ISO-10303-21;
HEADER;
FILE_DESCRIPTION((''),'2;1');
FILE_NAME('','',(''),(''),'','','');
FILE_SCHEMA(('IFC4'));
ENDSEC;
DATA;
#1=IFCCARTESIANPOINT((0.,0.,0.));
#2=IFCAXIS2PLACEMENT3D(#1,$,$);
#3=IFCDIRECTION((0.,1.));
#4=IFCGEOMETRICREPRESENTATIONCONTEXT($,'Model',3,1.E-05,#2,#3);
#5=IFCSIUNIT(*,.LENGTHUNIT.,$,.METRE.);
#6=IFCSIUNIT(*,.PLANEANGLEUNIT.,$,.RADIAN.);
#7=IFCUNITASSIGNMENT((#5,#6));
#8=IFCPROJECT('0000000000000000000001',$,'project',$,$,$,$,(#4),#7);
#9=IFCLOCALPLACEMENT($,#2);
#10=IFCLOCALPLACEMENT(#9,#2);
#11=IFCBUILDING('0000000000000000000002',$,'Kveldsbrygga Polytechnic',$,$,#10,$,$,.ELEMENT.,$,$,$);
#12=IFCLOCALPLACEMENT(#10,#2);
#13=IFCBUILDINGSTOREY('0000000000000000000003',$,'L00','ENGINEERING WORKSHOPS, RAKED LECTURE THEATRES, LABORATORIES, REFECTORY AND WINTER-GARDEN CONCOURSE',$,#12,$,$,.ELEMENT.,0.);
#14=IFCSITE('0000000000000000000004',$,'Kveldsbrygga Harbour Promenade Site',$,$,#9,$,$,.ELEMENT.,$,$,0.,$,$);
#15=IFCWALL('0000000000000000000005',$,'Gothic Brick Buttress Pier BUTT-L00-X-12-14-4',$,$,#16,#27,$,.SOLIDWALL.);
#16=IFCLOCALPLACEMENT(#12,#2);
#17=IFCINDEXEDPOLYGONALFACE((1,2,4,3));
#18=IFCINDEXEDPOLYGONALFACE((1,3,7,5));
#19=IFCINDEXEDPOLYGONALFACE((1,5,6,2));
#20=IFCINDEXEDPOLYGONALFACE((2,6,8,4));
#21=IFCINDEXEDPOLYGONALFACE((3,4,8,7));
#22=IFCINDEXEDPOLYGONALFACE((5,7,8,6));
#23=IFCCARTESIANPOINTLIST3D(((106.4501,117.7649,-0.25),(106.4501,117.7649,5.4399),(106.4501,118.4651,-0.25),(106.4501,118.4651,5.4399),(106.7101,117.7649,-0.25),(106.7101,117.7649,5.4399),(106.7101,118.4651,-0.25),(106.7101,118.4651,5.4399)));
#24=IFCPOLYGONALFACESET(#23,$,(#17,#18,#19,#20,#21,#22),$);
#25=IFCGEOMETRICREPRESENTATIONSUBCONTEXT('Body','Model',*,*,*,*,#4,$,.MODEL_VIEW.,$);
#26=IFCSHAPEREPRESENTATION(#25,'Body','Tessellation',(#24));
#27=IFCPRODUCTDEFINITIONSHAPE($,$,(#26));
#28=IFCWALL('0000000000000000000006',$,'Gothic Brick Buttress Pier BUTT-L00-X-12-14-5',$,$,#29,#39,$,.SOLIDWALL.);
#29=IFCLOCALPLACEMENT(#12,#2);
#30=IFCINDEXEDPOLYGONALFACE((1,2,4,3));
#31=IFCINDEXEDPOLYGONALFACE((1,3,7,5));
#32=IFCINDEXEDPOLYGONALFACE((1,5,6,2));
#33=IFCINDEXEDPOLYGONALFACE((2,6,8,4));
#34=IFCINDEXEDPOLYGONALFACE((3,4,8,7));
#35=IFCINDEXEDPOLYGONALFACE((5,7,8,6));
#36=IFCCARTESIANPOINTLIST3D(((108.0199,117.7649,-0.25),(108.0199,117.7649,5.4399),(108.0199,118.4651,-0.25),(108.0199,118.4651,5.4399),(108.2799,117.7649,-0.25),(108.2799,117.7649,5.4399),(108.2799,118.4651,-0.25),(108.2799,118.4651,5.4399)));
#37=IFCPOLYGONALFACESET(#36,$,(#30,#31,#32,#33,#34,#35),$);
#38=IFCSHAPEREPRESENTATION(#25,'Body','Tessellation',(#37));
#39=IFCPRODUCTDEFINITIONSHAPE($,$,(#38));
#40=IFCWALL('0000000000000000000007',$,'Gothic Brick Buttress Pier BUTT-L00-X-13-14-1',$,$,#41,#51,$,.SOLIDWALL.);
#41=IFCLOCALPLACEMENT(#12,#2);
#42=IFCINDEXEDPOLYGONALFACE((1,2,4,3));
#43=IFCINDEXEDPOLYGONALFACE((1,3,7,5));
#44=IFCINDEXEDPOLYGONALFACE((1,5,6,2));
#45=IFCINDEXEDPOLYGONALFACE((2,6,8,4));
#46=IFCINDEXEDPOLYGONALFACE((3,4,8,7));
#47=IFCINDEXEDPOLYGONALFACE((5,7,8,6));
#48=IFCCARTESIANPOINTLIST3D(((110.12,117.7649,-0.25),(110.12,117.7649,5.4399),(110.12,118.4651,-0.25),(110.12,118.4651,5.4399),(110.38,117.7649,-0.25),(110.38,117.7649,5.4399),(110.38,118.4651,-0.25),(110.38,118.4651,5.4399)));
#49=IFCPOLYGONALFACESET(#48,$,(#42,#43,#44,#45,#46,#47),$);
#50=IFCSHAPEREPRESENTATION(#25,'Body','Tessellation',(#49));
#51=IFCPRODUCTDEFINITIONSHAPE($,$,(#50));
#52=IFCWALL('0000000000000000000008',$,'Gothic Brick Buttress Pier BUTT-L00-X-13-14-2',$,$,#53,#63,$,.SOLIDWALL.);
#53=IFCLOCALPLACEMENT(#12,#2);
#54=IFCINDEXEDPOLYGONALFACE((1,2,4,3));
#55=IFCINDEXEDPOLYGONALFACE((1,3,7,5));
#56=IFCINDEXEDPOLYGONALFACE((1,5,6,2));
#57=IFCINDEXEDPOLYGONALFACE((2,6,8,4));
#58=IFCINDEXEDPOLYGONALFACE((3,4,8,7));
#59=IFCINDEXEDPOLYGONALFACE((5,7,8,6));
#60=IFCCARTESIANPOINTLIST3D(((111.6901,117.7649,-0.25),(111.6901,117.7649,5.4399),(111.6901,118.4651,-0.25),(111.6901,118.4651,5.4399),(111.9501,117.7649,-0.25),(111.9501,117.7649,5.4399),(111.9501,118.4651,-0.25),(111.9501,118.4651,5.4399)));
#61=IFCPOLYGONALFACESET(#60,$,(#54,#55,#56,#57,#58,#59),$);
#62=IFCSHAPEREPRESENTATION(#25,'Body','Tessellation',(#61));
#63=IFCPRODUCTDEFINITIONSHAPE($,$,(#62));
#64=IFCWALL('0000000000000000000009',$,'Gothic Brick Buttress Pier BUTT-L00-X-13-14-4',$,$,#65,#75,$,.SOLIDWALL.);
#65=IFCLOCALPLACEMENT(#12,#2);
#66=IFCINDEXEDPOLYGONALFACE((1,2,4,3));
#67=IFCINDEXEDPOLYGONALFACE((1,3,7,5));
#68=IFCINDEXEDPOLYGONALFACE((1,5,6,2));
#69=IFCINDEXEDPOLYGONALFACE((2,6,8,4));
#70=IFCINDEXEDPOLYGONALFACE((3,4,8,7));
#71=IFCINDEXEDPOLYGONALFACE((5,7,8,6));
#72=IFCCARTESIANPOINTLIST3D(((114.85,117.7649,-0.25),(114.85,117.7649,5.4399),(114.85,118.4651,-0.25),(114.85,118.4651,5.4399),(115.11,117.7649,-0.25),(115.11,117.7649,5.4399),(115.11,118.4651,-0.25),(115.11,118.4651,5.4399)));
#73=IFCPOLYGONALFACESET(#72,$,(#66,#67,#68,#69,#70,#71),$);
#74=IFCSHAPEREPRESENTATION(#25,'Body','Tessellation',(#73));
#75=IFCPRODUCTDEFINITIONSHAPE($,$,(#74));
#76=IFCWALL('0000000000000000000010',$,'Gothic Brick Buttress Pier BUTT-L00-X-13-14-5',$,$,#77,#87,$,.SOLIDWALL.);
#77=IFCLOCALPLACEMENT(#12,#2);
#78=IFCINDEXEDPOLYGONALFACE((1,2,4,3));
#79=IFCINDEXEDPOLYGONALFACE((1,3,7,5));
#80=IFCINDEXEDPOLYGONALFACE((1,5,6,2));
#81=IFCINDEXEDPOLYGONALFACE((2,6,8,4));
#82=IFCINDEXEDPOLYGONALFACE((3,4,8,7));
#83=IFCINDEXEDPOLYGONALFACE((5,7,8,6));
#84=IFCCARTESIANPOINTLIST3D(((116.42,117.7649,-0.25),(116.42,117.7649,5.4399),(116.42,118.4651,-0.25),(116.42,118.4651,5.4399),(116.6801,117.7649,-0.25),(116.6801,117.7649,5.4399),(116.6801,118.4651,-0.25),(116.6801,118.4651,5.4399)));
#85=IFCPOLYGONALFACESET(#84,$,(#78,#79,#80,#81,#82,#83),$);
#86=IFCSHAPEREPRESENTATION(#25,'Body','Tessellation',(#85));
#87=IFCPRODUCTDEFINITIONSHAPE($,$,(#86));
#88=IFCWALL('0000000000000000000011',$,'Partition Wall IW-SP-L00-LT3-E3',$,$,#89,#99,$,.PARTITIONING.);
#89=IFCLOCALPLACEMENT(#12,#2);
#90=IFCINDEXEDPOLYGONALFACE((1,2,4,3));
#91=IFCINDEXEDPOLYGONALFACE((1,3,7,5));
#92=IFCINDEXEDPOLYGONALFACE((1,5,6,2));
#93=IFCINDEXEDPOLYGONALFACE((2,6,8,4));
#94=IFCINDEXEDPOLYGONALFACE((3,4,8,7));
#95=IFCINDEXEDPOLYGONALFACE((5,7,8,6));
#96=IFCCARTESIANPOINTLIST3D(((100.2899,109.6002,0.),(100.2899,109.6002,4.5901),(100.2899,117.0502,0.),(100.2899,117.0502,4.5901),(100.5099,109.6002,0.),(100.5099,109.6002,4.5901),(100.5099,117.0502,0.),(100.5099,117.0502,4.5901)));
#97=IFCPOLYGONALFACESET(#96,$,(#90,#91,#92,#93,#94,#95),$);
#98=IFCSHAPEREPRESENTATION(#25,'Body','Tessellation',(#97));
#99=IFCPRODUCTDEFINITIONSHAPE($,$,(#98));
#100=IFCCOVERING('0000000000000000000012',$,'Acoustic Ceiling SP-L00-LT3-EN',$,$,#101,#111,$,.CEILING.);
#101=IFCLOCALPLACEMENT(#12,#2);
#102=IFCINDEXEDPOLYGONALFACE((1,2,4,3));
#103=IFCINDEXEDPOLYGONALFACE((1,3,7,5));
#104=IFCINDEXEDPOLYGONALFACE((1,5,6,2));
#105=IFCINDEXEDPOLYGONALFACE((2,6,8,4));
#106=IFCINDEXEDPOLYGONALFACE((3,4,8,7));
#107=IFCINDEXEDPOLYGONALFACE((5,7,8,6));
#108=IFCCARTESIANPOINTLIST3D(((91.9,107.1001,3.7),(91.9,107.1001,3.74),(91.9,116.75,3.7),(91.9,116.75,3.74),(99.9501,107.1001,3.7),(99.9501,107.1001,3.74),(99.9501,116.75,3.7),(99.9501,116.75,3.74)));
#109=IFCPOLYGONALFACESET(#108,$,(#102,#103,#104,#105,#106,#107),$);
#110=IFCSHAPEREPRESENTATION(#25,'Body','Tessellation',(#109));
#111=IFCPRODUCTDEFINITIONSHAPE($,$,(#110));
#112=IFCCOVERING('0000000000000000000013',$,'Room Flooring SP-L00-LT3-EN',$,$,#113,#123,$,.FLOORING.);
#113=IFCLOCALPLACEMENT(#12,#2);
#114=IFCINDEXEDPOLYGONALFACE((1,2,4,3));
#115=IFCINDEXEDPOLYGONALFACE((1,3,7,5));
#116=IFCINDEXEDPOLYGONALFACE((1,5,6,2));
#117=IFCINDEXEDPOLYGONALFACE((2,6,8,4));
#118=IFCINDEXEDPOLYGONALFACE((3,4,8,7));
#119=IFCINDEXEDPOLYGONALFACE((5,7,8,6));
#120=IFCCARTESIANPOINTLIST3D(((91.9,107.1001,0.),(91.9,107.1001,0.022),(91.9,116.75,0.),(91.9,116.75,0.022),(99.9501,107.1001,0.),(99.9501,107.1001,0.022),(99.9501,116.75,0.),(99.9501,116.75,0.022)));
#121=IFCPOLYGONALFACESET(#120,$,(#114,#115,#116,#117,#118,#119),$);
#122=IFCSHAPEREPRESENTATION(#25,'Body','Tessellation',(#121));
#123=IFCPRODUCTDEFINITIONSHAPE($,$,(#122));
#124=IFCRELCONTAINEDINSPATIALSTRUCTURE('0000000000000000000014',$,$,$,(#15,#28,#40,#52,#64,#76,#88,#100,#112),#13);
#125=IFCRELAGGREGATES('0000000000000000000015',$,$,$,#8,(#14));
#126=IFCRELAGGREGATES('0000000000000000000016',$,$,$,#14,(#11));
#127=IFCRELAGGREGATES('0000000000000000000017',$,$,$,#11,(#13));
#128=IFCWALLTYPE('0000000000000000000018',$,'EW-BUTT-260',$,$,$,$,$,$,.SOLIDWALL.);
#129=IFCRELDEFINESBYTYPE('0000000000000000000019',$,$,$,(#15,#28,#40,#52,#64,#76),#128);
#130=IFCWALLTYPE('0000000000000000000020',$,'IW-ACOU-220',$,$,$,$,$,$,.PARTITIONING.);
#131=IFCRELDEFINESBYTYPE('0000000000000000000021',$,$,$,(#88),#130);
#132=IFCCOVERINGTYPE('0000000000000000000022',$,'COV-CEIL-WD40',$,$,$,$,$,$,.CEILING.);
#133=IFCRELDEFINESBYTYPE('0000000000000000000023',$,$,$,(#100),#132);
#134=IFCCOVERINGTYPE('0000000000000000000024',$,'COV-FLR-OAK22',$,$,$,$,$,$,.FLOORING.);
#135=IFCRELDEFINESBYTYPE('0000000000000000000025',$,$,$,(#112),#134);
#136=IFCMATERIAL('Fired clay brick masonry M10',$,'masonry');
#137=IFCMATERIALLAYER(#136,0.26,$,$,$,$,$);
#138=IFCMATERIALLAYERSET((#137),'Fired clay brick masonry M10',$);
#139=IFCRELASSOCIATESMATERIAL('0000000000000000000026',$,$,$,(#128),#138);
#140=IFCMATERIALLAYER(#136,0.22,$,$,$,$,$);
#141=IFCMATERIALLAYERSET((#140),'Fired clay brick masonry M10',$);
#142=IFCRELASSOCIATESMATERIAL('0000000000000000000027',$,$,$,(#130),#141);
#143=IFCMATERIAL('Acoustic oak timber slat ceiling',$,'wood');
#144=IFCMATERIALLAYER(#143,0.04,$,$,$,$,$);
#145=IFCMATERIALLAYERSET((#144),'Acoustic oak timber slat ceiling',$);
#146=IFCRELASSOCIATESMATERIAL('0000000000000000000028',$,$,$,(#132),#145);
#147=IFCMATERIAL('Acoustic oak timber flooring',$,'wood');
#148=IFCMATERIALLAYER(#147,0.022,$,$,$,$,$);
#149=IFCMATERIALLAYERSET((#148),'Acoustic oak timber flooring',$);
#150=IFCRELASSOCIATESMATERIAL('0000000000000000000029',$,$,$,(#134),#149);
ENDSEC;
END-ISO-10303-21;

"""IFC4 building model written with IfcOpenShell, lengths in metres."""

from ifc_helpers import new_model, si_unit, direction, frame, frame_2d, origin, origin_2d, place, context, subcontext, project, spatial, rectangle, extrude, material, layer, layer_set, type_object, element, save


model = new_model("IFC4")

# Units and contexts
model_context = context("Model", 3, precision=1e-05, world=origin(), true_north=direction((0.0, 1.0)))
body_context = subcontext(model_context, "Body", "Model", "MODEL_VIEW")
ifc_project = project(units=[si_unit("LENGTHUNIT", "METRE"), si_unit("PLANEANGLEUNIT", "RADIAN")], contexts=[model_context])

# Site, building, storey
site_placement = place(None, origin())
site = spatial("IfcSite", under=ifc_project, at=site_placement, Name="Kveldsbrygga Harbour Promenade Site", CompositionType="ELEMENT", RefElevation=0.0)
building_placement = place(site_placement, origin())
building = spatial("IfcBuilding", under=site, at=building_placement, Name="Kveldsbrygga Polytechnic", CompositionType="ELEMENT")
storey_placement = place(building_placement, origin())
storey = spatial("IfcBuildingStorey", under=building, at=storey_placement, Name="L00", Description="ENGINEERING WORKSHOPS, RAKED LECTURE THEATRES, LABORATORIES, REFECTORY AND WINTER-GARDEN CONCOURSE", CompositionType="ELEMENT", Elevation=0.0)

# Shared definitions
ifc_material_1 = material(Name="Fired clay brick masonry M10", Category="masonry")

# Walls
ifc_layer_1 = layer(ifc_material_1, 0.26)
ifc_layer_set_1 = layer_set([ifc_layer_1], Name="Fired clay brick masonry M10")
wall_type_1 = type_object("IfcWallType", Name="EW-BUTT-260", PredefinedType="SOLIDWALL", material=ifc_layer_set_1)
for number, where, z_axis, x_axis, name in (
    (1, (106.5801, 117.7649, -0.25), (0.0, 0.0, 1.0), (0.0, 1.0, 0.0), "Gothic Brick Buttress Pier BUTT-L00-X-12-14-4"),
    (2, (108.1499, 117.7649, -0.25), (0.0, 0.0, 1.0), (0.0, 1.0, 0.0), "Gothic Brick Buttress Pier BUTT-L00-X-12-14-5"),
    (3, (110.25, 117.7649, -0.25), (0.0, 0.0, 1.0), (0.0, 1.0, 0.0), "Gothic Brick Buttress Pier BUTT-L00-X-13-14-1"),
    (4, (111.8201, 117.7649, -0.25), (0.0, 0.0, 1.0), (0.0, 1.0, 0.0), "Gothic Brick Buttress Pier BUTT-L00-X-13-14-2"),
    (5, (114.98, 117.7649, -0.25), (0.0, 0.0, 1.0), (0.0, 1.0, 0.0), "Gothic Brick Buttress Pier BUTT-L00-X-13-14-4"),
    (6, (116.55, 117.7649, -0.25), (0.0, 0.0, 1.0), (0.0, 1.0, 0.0), "Gothic Brick Buttress Pier BUTT-L00-X-13-14-5"),
):
    element("IfcWall", number, at=place(storey_placement, frame(where, z_axis=z_axis, x_axis=x_axis)), inside=storey, type_object=wall_type_1, Name=name, PredefinedType="SOLIDWALL", context=body_context, shape_type="SweptSolid", body=[
        extrude(rectangle(XDim=0.7002, YDim=0.26, at=frame_2d((0.3501, 0.0))), origin(), (0.0, 0.0, 1.0), 5.6899),
    ])
ifc_layer_2 = layer(ifc_material_1, 0.22)
ifc_layer_set_2 = layer_set([ifc_layer_2], Name="Fired clay brick masonry M10")
wall_type_2 = type_object("IfcWallType", Name="IW-ACOU-220", PredefinedType="PARTITIONING", material=ifc_layer_set_2)
wall_1_placement = place(storey_placement, frame((100.3999, 109.6001, 0.0), z_axis=(0.0, 0.0, 1.0), x_axis=(0.0, 1.0, 0.0)))
element("IfcWall", 7, at=wall_1_placement, inside=storey, type_object=wall_type_2, Name="Partition Wall IW-SP-L00-LT3-E3", PredefinedType="PARTITIONING", context=body_context, shape_type="SweptSolid", body=[
    extrude(rectangle(XDim=7.45, YDim=0.22, at=frame_2d((3.7251, 0.0))), origin(), (0.0, 0.0, 1.0), 4.5901),
])

# Coverings
ifc_material_2 = material(Name="Acoustic oak timber slat ceiling", Category="wood")
ifc_layer_3 = layer(ifc_material_2, 0.04)
ifc_layer_set_3 = layer_set([ifc_layer_3], Name="Acoustic oak timber slat ceiling")
covering_type_1 = type_object("IfcCoveringType", Name="COV-CEIL-WD40", PredefinedType="CEILING", material=ifc_layer_set_3)
covering_1_placement = place(storey_placement, frame((95.925, 111.925, 3.7), z_axis=(0.0, 0.0, 1.0), x_axis=(1.0, 0.0, 0.0)))
element("IfcCovering", 8, at=covering_1_placement, inside=storey, type_object=covering_type_1, Name="Acoustic Ceiling SP-L00-LT3-EN", PredefinedType="CEILING", context=body_context, shape_type="SweptSolid", body=[
    extrude(rectangle(XDim=8.05, YDim=9.6499, at=origin_2d()), origin(), (0.0, 0.0, 1.0), 0.04),
])
ifc_material_3 = material(Name="Acoustic oak timber flooring", Category="wood")
ifc_layer_4 = layer(ifc_material_3, 0.022)
ifc_layer_set_4 = layer_set([ifc_layer_4], Name="Acoustic oak timber flooring")
covering_type_2 = type_object("IfcCoveringType", Name="COV-FLR-OAK22", PredefinedType="FLOORING", material=ifc_layer_set_4)
covering_2_placement = place(storey_placement, frame((95.925, 111.925, 0.0), z_axis=(0.0, 0.0, 1.0), x_axis=(1.0, 0.0, 0.0)))
element("IfcCovering", 9, at=covering_2_placement, inside=storey, type_object=covering_type_2, Name="Room Flooring SP-L00-LT3-EN", PredefinedType="FLOORING", context=body_context, shape_type="SweptSolid", body=[
    extrude(rectangle(XDim=8.05, YDim=9.6499, at=origin_2d()), origin(), (0.0, 0.0, 1.0), 0.022),
])

save(model, "model.ifc")
